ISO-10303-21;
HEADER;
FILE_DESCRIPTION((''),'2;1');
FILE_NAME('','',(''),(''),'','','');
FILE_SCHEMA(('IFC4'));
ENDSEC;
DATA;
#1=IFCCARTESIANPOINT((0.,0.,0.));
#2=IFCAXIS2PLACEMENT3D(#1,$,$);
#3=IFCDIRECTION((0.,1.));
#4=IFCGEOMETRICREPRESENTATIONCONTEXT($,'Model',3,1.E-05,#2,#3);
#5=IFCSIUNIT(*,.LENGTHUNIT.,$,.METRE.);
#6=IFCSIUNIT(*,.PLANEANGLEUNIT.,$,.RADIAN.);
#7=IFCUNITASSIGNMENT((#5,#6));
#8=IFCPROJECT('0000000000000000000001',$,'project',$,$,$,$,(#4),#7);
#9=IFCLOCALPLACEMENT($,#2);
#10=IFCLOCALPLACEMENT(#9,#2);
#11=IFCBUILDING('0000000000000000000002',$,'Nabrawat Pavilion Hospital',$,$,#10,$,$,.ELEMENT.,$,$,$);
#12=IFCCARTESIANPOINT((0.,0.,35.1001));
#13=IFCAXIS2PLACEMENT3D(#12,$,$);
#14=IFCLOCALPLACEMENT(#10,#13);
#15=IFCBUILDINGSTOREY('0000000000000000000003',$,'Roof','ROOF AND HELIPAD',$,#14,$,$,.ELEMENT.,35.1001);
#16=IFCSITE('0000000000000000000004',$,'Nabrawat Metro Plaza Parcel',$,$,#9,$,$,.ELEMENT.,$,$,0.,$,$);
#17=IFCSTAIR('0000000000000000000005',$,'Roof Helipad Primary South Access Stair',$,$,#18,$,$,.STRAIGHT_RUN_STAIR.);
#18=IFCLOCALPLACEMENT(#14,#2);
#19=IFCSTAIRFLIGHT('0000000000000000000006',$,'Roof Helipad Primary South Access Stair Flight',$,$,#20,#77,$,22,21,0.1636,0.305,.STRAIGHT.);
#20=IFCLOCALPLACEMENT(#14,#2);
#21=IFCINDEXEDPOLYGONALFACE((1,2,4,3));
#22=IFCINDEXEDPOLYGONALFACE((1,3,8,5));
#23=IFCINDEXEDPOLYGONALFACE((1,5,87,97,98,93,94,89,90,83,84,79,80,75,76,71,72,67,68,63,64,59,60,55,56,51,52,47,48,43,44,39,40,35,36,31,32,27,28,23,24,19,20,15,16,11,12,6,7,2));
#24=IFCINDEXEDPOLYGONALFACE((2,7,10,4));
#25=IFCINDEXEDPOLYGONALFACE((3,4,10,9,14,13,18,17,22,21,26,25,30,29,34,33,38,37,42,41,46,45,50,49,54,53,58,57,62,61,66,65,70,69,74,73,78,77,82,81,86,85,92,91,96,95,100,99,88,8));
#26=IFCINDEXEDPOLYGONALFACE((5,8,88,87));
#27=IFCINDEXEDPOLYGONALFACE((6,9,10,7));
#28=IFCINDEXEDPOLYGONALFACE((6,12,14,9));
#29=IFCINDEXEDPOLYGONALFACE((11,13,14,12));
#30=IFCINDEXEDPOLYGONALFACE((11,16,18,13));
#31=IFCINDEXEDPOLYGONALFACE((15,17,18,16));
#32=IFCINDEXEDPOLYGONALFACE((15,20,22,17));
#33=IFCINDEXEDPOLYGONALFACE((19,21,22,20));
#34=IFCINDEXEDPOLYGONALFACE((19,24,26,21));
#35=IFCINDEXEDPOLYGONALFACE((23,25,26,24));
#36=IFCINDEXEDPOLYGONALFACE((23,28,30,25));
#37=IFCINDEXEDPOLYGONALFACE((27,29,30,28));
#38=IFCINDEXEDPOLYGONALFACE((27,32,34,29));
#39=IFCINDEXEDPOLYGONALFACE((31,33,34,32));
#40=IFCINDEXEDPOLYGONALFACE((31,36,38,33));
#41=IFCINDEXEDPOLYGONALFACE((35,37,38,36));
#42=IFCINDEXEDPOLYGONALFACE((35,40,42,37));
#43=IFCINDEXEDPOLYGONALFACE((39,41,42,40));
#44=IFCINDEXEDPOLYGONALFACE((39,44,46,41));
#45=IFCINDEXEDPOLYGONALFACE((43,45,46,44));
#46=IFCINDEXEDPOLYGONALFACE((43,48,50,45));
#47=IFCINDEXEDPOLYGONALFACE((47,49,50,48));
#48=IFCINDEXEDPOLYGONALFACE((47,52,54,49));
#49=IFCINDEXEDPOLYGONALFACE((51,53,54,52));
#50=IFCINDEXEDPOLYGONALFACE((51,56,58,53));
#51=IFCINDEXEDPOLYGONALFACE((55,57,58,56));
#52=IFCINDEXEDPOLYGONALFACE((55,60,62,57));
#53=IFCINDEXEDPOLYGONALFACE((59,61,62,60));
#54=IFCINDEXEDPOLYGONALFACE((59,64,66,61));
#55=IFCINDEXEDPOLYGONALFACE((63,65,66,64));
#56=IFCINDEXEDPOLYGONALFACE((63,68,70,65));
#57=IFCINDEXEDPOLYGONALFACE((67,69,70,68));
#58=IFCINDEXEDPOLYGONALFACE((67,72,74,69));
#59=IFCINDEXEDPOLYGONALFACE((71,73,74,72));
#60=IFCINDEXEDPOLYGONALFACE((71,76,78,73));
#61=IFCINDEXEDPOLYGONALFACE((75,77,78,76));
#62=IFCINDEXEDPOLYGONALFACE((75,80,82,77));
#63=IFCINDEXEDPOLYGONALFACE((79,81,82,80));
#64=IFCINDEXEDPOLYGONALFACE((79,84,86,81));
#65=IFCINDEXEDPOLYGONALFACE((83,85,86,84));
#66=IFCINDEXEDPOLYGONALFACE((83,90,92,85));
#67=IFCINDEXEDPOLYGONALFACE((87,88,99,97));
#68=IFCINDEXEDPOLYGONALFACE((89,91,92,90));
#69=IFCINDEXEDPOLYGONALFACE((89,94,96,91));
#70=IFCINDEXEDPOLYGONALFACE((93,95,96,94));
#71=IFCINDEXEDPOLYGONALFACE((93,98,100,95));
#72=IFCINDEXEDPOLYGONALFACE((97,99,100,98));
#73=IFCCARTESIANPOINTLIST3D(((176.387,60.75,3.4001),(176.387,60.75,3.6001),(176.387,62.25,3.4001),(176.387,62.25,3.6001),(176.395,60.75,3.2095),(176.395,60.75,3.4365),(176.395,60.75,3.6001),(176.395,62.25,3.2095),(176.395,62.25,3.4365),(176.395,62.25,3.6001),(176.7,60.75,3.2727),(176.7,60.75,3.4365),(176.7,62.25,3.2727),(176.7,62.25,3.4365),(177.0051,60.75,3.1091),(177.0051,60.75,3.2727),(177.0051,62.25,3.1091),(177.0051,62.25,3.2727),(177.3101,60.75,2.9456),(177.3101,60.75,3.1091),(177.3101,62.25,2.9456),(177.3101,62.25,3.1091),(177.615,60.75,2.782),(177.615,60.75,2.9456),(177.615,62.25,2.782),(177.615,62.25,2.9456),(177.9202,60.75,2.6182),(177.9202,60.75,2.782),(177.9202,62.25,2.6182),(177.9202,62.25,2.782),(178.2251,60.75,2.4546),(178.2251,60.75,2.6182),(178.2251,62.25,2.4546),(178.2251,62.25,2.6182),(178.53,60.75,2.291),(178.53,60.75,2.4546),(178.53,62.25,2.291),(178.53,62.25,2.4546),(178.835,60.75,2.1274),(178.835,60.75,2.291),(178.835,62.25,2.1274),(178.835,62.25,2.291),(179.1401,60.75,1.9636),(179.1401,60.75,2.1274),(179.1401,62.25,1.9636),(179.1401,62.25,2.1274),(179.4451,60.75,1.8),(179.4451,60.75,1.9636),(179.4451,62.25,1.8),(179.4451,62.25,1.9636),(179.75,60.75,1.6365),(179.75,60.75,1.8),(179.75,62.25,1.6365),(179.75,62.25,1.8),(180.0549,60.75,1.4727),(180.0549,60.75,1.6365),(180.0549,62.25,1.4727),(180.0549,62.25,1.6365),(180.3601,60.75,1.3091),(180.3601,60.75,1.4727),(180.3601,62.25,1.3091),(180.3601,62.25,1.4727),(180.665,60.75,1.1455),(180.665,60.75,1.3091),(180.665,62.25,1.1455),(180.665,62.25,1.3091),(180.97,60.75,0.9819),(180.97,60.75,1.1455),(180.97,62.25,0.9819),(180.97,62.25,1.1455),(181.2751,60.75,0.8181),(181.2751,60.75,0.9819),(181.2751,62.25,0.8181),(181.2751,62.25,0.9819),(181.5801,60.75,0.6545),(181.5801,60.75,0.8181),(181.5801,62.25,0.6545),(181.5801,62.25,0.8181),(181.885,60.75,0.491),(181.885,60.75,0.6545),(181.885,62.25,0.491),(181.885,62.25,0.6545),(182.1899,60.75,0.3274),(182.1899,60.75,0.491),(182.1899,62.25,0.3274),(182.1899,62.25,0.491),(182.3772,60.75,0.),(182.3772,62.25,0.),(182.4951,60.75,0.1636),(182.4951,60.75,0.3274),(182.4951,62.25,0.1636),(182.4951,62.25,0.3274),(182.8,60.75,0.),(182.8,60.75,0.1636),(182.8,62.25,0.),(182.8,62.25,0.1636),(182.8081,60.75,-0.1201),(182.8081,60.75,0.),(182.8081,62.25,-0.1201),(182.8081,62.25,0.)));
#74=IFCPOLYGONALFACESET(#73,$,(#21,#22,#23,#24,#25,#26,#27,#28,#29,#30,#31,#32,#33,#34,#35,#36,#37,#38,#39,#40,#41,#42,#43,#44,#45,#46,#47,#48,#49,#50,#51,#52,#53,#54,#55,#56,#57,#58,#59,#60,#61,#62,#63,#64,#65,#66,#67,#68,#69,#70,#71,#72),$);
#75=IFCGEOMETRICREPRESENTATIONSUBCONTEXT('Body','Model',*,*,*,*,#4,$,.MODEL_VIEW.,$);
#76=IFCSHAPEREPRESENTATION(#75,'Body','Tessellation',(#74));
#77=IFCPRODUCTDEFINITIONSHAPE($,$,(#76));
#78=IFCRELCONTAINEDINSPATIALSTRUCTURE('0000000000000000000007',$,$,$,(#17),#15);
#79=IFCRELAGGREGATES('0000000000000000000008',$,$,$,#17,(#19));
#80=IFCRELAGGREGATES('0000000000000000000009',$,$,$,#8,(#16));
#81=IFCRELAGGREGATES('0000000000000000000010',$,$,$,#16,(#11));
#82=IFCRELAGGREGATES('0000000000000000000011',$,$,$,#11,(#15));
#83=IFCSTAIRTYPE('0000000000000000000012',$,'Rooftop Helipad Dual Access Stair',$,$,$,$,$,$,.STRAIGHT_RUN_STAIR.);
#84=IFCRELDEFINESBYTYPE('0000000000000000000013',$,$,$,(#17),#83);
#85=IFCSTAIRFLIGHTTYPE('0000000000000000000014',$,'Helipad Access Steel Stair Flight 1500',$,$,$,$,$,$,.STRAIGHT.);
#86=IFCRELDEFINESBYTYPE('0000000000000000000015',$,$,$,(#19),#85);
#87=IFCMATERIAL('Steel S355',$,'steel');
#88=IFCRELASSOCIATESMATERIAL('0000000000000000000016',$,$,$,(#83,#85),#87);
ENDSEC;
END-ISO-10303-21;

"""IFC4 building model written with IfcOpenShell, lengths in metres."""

from ifc_helpers import new_model, si_unit, direction, frame, origin, place, context, subcontext, project, spatial, polyline, outline, extrude, material, type_object, element, aggregate, save


model = new_model("IFC4")

# Units and contexts
model_context = context("Model", 3, precision=1e-05, world=origin(), true_north=direction((0.0, 1.0)))
body_context = subcontext(model_context, "Body", "Model", "MODEL_VIEW")
ifc_project = project(units=[si_unit("LENGTHUNIT", "METRE"), si_unit("PLANEANGLEUNIT", "RADIAN")], contexts=[model_context])

# Site, building, storey
site_placement = place(None, origin())
site = spatial("IfcSite", under=ifc_project, at=site_placement, Name="Nabrawat Metro Plaza Parcel", CompositionType="ELEMENT", RefElevation=0.0)
building_placement = place(site_placement, origin())
building = spatial("IfcBuilding", under=site, at=building_placement, Name="Nabrawat Pavilion Hospital", CompositionType="ELEMENT")
storey_placement = place(building_placement, frame((0.0, 0.0, 35.1001)))
storey = spatial("IfcBuildingStorey", under=building, at=storey_placement, Name="Roof", Description="ROOF AND HELIPAD", CompositionType="ELEMENT", Elevation=35.1001)

# Shared definitions
ifc_material_1 = material(Name="Steel S355", Category="steel")

# Stair, stair flight
stair_type = type_object("IfcStairType", Name="Rooftop Helipad Dual Access Stair", PredefinedType="STRAIGHT_RUN_STAIR", material=ifc_material_1)
stair_placement = place(storey_placement, origin())
stair = element("IfcStair", 1, at=stair_placement, inside=storey, type_object=stair_type, Name="Roof Helipad Primary South Access Stair", PredefinedType="STRAIGHT_RUN_STAIR")
stair_flight_type = type_object("IfcStairFlightType", Name="Helipad Access Steel Stair Flight 1500", PredefinedType="STRAIGHT", material=ifc_material_1)
stair_flight_placement = place(storey_placement, frame((182.8, 61.5, 0.0), z_axis=(0.0, 0.0, 1.0), x_axis=(-1.0, 0.0, 0.0)))
stair_flight = element("IfcStairFlight", 2, at=stair_flight_placement, type_object=stair_flight_type, Name="Roof Helipad Primary South Access Stair Flight", NumberOfRisers=22, NumberOfTreads=21, PredefinedType="STRAIGHT", RiserHeight=0.1636, TreadLength=0.305, context=body_context, shape_type="SweptSolid", body=[
    extrude(outline(polyline([(-0.0081, 0.0), (0.0, 0.0), (0.0, 0.1636), (0.3049, 0.1636), (0.3049, 0.3274), (0.6101, 0.3274), (0.6101, 0.491), (0.915, 0.491), (0.915, 0.6545), (1.22, 0.6545), (1.22, 0.8181), (1.5249, 0.8181), (1.5249, 0.9819), (1.8301, 0.9819), (1.8301, 1.1455), (2.135, 1.1455), (2.135, 1.3091), (2.4399, 1.3091), (2.4399, 1.4727), (2.7451, 1.4727), (2.7451, 1.6365), (3.05, 1.6365), (3.05, 1.8), (3.355, 1.8), (3.355, 1.9636), (3.6599, 1.9636), (3.6599, 2.1274), (3.9651, 2.1274), (3.9651, 2.291), (4.27, 2.291), (4.27, 2.4546), (4.575, 2.4546), (4.575, 2.6182), (4.8799, 2.6182), (4.8799, 2.782), (5.1851, 2.782), (5.1851, 2.9456), (5.49, 2.9456), (5.49, 3.1091), (5.7949, 3.1091), (5.7949, 3.2727), (6.1001, 3.2727), (6.1001, 3.4365), (6.405, 3.4365), (6.405, 3.6001), (6.4131, 3.6001), (6.4131, 3.4001), (6.405, 3.2095), (0.4229, 0.0), (-0.0081, -0.1201), (-0.0081, 0.0)])), frame((0.0, 0.75, 0.0), z_axis=(0.0, -1.0, 0.0), x_axis=(1.0, 0.0, 0.0)), (0.0, 0.0, 1.0), 1.5),
])
aggregate(stair, [stair_flight])

save(model, "model.ifc")
